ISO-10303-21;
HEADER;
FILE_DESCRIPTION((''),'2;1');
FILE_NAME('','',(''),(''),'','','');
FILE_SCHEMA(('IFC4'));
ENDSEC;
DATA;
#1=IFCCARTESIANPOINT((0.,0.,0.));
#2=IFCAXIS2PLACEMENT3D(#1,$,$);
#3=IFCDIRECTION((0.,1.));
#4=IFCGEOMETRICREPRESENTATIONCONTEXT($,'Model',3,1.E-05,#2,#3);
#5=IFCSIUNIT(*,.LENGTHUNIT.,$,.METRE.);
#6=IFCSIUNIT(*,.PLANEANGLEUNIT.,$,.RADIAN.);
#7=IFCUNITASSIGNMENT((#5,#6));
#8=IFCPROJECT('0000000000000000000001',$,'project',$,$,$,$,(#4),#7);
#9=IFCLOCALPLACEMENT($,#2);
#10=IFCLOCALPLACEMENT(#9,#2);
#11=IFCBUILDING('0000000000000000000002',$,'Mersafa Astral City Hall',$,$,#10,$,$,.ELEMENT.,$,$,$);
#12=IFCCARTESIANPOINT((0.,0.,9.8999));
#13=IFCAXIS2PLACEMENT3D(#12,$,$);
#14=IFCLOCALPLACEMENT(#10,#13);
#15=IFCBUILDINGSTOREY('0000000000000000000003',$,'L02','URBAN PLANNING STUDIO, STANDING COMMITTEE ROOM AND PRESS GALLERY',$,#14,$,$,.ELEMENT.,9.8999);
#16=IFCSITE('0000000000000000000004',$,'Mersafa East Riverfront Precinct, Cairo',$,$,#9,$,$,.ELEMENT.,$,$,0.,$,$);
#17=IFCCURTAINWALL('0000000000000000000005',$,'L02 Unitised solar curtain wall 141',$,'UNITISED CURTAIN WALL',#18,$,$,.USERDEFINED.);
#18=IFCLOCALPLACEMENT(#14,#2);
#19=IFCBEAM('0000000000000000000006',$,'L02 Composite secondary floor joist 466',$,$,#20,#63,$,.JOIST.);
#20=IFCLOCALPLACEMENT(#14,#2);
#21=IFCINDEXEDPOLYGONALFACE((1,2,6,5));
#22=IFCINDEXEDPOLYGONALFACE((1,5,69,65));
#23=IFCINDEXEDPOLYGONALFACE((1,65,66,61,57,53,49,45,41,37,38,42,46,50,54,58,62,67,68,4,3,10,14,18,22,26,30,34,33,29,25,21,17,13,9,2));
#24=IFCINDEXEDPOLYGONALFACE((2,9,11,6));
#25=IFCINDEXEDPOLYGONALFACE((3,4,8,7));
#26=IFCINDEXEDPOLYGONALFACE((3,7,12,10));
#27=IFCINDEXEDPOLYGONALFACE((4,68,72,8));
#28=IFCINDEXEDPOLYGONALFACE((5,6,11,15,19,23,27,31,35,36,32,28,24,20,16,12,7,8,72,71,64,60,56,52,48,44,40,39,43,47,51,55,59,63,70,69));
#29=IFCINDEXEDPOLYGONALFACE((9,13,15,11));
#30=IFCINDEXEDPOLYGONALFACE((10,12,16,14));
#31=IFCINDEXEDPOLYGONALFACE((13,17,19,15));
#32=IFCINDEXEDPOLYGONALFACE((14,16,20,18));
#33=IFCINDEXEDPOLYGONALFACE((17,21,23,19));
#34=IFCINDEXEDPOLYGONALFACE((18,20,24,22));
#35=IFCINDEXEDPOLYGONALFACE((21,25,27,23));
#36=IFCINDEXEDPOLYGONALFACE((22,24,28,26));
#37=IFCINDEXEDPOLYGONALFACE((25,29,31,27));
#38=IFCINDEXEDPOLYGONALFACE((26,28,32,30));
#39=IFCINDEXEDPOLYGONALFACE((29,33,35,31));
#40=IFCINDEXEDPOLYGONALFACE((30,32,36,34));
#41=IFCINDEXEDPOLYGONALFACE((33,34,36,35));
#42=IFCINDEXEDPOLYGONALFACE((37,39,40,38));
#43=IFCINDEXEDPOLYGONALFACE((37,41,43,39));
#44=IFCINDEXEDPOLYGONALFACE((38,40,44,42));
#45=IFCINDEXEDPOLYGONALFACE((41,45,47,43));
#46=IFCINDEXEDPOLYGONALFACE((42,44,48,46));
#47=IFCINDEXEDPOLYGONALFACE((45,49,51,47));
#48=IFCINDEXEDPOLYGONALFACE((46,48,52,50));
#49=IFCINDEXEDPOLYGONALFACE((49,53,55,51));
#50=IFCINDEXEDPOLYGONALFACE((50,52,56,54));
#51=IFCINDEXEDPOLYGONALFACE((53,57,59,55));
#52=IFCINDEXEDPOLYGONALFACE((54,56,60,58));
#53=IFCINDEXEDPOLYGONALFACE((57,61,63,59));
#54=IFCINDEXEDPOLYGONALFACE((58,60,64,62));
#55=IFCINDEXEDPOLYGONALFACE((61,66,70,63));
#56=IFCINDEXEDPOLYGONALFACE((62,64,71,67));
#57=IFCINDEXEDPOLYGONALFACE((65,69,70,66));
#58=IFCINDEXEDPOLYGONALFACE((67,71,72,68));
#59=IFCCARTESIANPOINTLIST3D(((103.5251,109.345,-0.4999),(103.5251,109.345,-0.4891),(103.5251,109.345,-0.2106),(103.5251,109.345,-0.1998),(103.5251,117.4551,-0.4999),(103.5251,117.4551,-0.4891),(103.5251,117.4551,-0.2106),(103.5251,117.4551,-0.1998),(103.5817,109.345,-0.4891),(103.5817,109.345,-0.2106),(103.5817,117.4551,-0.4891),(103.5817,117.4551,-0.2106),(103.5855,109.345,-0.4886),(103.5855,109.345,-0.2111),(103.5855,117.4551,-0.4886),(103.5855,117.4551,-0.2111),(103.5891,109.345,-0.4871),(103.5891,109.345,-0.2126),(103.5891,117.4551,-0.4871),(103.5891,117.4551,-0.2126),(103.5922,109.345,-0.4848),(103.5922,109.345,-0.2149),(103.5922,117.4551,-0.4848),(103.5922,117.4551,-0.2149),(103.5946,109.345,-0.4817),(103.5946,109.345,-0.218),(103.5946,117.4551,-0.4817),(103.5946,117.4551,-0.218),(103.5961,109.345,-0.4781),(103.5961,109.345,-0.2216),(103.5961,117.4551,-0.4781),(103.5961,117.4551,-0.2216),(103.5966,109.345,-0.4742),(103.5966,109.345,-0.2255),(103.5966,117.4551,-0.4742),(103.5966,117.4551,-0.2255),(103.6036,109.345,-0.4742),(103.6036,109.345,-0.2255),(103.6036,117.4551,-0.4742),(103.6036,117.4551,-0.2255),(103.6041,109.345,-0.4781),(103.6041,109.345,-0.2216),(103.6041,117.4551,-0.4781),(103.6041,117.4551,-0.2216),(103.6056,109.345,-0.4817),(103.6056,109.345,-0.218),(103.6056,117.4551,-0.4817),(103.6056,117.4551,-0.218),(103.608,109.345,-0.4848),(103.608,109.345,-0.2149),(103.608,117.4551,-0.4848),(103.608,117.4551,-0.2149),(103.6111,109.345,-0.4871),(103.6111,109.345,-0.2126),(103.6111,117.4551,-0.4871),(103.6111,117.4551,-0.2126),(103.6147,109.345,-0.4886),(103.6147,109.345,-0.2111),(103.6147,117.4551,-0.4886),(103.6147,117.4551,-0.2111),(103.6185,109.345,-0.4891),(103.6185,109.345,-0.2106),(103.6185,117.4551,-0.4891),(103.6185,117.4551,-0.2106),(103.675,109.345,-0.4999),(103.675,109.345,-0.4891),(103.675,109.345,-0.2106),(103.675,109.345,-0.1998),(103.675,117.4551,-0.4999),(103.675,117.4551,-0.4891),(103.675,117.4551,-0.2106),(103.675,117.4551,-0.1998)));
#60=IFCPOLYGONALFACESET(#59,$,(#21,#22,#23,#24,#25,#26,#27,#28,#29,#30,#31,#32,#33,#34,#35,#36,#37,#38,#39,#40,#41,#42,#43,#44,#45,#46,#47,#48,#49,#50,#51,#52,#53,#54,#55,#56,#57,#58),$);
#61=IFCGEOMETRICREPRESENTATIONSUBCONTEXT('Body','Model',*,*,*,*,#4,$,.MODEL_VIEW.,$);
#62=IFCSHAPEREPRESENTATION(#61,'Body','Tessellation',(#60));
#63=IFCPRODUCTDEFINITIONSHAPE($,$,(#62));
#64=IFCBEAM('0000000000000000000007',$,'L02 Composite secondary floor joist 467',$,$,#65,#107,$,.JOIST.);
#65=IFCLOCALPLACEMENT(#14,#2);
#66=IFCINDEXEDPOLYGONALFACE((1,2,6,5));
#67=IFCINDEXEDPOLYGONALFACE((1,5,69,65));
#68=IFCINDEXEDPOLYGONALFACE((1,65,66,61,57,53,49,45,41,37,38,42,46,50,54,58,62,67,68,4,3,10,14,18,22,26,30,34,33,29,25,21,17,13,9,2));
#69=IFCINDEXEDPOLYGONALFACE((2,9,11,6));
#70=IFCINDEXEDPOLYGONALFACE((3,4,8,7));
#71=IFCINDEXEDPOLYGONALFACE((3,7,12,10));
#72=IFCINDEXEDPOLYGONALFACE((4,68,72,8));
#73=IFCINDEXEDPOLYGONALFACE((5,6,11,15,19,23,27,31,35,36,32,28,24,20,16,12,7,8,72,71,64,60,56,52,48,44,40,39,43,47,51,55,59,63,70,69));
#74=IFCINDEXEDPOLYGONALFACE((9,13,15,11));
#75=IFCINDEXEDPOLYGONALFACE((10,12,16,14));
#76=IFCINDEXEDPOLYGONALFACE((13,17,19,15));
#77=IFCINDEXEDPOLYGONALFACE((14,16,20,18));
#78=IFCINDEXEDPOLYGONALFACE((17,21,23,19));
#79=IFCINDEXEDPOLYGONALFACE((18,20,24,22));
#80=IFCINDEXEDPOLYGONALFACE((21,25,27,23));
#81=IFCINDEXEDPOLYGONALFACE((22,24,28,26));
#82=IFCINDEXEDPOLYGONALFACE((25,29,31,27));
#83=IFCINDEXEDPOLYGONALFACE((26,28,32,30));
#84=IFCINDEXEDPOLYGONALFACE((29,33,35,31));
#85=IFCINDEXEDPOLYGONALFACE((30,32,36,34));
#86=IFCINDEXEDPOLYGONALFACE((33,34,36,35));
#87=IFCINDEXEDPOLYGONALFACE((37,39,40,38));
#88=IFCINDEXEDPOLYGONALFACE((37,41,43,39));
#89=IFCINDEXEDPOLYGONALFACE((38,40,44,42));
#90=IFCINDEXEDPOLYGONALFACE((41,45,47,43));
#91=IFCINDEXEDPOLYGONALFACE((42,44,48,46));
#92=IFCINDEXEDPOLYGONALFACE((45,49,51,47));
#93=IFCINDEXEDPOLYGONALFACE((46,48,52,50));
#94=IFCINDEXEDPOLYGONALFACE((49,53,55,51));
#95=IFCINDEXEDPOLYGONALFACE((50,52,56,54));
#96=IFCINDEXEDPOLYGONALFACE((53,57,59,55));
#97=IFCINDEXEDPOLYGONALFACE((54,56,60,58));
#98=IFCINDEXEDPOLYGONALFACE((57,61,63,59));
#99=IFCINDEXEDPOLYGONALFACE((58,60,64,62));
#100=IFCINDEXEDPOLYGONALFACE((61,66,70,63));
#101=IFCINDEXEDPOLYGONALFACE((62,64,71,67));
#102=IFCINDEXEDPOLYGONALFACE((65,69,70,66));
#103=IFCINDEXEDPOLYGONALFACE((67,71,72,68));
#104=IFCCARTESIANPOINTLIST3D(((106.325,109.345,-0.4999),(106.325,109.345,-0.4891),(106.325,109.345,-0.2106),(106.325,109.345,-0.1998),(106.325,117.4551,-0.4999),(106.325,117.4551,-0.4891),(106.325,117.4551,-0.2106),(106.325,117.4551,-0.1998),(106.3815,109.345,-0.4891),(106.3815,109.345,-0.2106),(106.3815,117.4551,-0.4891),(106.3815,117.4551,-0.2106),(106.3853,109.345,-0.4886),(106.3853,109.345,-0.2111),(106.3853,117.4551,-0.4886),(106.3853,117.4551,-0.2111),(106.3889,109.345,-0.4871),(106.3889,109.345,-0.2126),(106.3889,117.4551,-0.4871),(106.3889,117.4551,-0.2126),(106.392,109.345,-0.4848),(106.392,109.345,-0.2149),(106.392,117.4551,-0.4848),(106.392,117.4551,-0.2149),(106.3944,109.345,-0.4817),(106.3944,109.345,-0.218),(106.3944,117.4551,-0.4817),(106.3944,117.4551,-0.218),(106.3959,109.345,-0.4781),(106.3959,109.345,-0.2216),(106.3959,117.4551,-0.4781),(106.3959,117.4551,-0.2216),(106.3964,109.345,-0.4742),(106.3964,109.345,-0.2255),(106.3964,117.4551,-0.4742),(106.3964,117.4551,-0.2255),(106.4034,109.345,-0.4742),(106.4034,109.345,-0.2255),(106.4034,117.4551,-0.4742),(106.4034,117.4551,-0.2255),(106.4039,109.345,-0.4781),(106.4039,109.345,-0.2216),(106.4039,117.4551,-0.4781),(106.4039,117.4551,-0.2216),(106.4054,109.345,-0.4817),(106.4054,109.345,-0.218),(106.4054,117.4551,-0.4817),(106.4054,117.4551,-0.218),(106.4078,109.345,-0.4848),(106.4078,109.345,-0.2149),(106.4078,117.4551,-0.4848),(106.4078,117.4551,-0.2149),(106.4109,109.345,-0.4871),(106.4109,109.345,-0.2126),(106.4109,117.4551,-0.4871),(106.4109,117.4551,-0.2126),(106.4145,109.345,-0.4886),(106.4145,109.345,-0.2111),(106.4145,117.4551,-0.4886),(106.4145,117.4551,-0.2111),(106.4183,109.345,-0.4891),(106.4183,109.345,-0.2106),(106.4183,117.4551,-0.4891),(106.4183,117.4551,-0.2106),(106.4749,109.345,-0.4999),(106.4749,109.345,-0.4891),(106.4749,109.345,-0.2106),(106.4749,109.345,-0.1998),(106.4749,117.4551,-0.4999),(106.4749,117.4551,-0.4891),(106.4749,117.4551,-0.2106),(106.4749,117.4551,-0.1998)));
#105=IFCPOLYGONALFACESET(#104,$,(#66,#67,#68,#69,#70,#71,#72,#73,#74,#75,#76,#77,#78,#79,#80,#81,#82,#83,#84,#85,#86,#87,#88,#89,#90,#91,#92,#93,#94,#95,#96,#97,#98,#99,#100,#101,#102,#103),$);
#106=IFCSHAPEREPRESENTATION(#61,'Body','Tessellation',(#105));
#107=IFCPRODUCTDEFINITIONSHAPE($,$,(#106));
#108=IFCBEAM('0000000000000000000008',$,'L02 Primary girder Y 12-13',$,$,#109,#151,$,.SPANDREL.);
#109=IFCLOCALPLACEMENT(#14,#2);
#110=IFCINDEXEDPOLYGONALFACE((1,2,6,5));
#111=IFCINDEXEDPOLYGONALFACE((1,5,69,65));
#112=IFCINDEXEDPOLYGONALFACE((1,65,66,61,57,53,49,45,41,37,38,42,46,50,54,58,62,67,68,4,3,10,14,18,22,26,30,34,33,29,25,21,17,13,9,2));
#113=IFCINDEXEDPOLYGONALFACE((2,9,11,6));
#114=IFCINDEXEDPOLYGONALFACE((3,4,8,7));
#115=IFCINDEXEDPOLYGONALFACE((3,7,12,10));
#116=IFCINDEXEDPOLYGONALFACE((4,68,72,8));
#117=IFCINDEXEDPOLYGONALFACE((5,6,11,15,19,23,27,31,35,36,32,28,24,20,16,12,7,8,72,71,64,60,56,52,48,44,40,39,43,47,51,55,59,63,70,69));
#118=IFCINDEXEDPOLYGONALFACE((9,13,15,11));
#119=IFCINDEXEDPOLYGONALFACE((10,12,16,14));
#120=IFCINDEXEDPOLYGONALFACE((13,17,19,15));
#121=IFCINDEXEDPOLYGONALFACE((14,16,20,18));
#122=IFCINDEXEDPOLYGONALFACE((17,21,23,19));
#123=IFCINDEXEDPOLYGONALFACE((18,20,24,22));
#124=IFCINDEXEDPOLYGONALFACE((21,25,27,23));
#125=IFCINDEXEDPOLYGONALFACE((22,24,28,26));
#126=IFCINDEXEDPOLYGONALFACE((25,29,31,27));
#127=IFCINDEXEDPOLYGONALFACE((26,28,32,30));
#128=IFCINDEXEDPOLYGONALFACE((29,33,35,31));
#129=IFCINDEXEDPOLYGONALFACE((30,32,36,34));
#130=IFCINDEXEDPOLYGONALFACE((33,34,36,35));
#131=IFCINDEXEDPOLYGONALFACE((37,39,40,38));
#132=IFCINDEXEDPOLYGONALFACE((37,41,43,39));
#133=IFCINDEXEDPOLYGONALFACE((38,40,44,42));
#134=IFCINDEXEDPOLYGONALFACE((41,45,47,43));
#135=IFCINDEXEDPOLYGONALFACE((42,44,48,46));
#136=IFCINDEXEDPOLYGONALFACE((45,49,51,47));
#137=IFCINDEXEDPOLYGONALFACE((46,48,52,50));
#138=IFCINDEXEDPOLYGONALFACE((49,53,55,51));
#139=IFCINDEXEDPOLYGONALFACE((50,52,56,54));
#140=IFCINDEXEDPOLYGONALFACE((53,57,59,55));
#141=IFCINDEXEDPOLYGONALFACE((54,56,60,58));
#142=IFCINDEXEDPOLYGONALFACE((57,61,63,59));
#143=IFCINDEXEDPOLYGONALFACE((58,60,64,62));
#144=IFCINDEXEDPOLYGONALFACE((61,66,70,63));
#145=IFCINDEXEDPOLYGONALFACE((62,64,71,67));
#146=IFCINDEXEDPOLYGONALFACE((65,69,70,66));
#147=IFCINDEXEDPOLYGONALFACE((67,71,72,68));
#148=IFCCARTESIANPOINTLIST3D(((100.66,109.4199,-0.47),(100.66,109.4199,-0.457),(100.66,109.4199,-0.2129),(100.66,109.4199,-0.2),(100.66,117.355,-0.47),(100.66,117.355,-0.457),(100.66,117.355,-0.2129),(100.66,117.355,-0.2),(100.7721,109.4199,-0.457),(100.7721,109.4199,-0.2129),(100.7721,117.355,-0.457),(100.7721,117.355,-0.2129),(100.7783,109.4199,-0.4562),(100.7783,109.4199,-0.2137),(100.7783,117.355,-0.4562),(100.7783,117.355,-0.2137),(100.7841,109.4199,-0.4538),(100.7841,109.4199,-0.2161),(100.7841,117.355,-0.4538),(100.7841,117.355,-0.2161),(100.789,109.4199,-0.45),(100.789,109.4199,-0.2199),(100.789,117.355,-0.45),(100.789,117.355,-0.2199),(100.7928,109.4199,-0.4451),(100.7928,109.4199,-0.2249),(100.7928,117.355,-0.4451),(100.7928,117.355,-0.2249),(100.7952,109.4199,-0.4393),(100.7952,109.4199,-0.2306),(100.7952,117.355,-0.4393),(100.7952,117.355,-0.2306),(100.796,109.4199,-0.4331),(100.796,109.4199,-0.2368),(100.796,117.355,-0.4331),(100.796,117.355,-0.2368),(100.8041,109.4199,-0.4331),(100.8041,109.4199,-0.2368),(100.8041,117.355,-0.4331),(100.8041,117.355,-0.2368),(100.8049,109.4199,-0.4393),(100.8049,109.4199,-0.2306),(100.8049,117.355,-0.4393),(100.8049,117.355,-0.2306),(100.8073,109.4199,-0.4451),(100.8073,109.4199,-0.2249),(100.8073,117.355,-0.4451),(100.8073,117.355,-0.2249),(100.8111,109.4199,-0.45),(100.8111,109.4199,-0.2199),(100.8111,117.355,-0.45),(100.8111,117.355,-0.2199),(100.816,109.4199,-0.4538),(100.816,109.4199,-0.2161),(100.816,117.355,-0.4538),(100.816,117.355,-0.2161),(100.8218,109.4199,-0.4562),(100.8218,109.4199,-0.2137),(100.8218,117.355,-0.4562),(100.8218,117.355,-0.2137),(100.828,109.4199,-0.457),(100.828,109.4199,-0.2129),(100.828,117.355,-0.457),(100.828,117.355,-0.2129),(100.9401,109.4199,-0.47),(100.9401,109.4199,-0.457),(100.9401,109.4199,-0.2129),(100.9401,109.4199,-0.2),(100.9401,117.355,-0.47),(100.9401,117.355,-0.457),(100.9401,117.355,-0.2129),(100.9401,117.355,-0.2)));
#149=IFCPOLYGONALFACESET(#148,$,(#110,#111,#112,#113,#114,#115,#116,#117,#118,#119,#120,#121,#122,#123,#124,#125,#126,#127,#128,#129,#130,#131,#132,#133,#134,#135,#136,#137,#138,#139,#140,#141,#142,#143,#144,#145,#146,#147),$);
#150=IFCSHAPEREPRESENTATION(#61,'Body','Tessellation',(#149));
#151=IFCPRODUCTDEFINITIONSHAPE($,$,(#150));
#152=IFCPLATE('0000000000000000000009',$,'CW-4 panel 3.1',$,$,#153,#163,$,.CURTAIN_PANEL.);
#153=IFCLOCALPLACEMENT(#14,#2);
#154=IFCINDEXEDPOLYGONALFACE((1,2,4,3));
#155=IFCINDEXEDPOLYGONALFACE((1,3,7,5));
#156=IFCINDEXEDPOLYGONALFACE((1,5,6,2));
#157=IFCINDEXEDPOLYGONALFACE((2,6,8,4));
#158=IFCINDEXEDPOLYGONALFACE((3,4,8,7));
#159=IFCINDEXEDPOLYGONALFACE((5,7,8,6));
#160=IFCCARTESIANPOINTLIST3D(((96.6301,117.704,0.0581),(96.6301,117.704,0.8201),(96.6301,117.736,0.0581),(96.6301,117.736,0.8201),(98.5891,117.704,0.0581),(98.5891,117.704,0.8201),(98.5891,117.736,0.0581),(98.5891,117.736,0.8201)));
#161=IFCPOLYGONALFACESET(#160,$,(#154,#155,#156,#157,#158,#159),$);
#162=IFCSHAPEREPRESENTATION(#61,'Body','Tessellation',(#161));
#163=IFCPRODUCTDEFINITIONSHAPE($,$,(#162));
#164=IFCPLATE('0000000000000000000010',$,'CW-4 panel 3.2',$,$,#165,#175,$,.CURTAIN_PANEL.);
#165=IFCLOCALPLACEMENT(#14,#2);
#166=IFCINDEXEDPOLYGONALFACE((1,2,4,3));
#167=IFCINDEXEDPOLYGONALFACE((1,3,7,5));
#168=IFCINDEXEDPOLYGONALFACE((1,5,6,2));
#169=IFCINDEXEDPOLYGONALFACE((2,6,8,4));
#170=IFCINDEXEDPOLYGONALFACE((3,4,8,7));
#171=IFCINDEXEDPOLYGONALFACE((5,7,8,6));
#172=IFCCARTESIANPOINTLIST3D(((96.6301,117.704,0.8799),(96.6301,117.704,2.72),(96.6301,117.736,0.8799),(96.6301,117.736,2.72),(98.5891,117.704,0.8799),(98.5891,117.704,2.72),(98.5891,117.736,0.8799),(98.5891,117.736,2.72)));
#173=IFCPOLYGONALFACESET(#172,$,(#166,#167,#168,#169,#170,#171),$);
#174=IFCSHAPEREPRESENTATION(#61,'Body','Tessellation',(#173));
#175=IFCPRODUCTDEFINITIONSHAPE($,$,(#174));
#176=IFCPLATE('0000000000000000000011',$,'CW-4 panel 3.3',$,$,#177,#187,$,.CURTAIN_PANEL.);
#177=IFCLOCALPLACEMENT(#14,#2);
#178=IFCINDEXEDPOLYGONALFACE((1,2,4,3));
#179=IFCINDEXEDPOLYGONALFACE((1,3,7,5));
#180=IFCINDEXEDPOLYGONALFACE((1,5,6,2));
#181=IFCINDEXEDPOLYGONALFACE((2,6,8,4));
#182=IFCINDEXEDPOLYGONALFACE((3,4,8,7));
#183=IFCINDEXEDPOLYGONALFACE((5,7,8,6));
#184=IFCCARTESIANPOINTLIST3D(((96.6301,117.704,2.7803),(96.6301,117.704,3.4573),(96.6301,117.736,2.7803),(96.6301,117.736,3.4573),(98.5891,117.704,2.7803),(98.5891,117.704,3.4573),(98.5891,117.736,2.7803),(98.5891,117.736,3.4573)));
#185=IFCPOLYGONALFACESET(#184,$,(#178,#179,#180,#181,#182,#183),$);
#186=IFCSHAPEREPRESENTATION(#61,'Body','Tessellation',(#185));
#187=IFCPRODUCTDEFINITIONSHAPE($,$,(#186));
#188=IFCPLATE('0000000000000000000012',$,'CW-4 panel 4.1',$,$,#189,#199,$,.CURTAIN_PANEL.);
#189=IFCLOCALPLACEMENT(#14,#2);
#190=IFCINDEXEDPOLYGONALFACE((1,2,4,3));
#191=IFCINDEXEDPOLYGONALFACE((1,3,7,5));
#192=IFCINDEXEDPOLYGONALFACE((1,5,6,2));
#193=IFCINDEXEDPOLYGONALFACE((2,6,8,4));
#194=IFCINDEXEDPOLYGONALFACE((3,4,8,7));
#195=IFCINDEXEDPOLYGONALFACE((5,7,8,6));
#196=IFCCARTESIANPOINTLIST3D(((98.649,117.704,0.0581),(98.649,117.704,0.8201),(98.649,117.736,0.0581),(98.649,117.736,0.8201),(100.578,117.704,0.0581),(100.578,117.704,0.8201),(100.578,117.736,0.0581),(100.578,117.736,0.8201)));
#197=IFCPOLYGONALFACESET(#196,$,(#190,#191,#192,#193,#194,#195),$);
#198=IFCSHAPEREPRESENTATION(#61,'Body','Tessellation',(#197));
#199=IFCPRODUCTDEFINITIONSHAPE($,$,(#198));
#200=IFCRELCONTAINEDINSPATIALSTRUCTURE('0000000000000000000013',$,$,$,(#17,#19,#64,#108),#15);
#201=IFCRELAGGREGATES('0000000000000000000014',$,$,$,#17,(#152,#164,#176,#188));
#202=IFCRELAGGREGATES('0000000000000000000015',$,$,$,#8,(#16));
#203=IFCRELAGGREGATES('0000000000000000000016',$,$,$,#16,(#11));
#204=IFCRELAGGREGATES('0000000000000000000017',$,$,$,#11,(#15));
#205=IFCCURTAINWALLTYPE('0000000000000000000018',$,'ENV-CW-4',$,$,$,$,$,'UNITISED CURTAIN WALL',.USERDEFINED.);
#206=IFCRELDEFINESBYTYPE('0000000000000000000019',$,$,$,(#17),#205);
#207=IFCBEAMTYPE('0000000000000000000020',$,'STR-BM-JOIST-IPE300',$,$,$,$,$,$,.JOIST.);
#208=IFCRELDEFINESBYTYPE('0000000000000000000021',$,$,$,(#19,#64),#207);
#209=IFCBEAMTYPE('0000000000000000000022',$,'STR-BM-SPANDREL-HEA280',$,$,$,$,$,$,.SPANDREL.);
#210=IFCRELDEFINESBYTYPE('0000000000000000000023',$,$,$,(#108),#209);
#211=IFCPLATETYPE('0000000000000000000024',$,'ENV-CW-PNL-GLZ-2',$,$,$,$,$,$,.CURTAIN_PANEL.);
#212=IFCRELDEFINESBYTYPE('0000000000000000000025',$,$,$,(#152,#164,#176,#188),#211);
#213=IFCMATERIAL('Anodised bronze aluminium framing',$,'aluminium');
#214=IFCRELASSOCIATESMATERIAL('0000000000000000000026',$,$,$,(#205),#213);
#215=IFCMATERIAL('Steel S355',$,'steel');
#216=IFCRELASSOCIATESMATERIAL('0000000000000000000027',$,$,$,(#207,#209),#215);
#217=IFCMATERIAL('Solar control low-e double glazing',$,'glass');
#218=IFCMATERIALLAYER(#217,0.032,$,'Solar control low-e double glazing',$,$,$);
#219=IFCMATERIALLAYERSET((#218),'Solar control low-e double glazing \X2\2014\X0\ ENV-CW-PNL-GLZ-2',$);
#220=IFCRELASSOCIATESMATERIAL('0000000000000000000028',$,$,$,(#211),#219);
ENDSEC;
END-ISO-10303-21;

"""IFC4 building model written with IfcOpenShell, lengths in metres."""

from ifc_helpers import new_model, si_unit, direction, frame, origin, origin_2d, place, context, subcontext, project, spatial, rectangle, i_section, extrude, material, layer, layer_set, material_profile, profile_set, type_object, element, aggregate, save


model = new_model("IFC4")

# Units and contexts
model_context = context("Model", 3, precision=1e-05, world=origin(), true_north=direction((0.0, 1.0)))
body_context = subcontext(model_context, "Body", "Model", "MODEL_VIEW")
ifc_project = project(units=[si_unit("LENGTHUNIT", "METRE"), si_unit("PLANEANGLEUNIT", "RADIAN")], contexts=[model_context])

# Site, building, storey
site_placement = place(None, origin())
site = spatial("IfcSite", under=ifc_project, at=site_placement, Name="Mersafa East Riverfront Precinct, Cairo", CompositionType="ELEMENT", RefElevation=0.0)
building_placement = place(site_placement, origin())
building = spatial("IfcBuilding", under=site, at=building_placement, Name="Mersafa Astral City Hall", CompositionType="ELEMENT")
storey_placement = place(building_placement, frame((0.0, 0.0, 9.8999)))
storey = spatial("IfcBuildingStorey", under=building, at=storey_placement, Name="L02", Description="URBAN PLANNING STUDIO, STANDING COMMITTEE ROOM AND PRESS GALLERY", CompositionType="ELEMENT", Elevation=9.8999)

# Shared definitions
ifc_material_1 = material(Name="Steel S355", Category="steel")

# Curtain wall
ifc_material_2 = material(Name="Anodised bronze aluminium framing", Category="aluminium")
curtain_wall_type_1 = type_object("IfcCurtainWallType", Name="ENV-CW-4", ElementType="UNITISED CURTAIN WALL", PredefinedType="USERDEFINED", material=ifc_material_2)
curtain_wall_1_placement = place(storey_placement, origin())
curtain_wall_1 = element("IfcCurtainWall", 1, at=curtain_wall_1_placement, inside=storey, type_object=curtain_wall_type_1, Name="L02 Unitised solar curtain wall 141", ObjectType="UNITISED CURTAIN WALL", PredefinedType="USERDEFINED")

# Beams
ifc_material_profile_1 = material_profile(ifc_material_1, i_section(OverallWidth=0.1499, OverallDepth=0.3, WebThickness=0.0071, FlangeThickness=0.0107, FilletRadius=0.0149, at=origin_2d()), Name="IPE 300")
ifc_profile_set_1 = profile_set([ifc_material_profile_1], Name="Steel S355")
beam_type_1 = type_object("IfcBeamType", Name="STR-BM-JOIST-IPE300", PredefinedType="JOIST", material=ifc_profile_set_1)
for number, where, z_axis, x_axis, name in (
    (2, (103.6001, 109.345, -0.3499), (0.0, 1.0, 0.0), (-1.0, 0.0, 0.0), "L02 Composite secondary floor joist 466"),
    (3, (106.3999, 109.345, -0.3499), (0.0, 1.0, 0.0), (-1.0, 0.0, 0.0), "L02 Composite secondary floor joist 467"),
):
    element("IfcBeam", number, at=place(storey_placement, frame(where, z_axis=z_axis, x_axis=x_axis)), inside=storey, type_object=beam_type_1, Name=name, PredefinedType="JOIST", context=body_context, shape_type="SweptSolid", body=[
        extrude(i_section(OverallWidth=0.1499, OverallDepth=0.3, WebThickness=0.0071, FlangeThickness=0.0107, FilletRadius=0.0149, at=origin_2d()), origin(), (0.0, 0.0, 1.0), 8.1101),
    ])
ifc_material_profile_2 = material_profile(ifc_material_1, i_section(OverallWidth=0.28, OverallDepth=0.27, WebThickness=0.0081, FlangeThickness=0.0129, FilletRadius=0.0239, at=origin_2d()), Name="HEA 280")
ifc_profile_set_2 = profile_set([ifc_material_profile_2], Name="Steel S355")
beam_type_2 = type_object("IfcBeamType", Name="STR-BM-SPANDREL-HEA280", PredefinedType="SPANDREL", material=ifc_profile_set_2)
beam_1_placement = place(storey_placement, frame((100.8, 109.4199, -0.335), z_axis=(0.0, 1.0, 0.0), x_axis=(-1.0, 0.0, 0.0)))
element("IfcBeam", 4, at=beam_1_placement, inside=storey, type_object=beam_type_2, Name="L02 Primary girder Y 12-13", PredefinedType="SPANDREL", context=body_context, shape_type="SweptSolid", body=[
    extrude(i_section(OverallWidth=0.28, OverallDepth=0.27, WebThickness=0.0081, FlangeThickness=0.0129, FilletRadius=0.0239, at=origin_2d()), origin(), (0.0, 0.0, 1.0), 7.9351),
])

# Plates
ifc_material_3 = material(Name="Solar control low-e double glazing", Category="glass")
ifc_layer_1 = layer(ifc_material_3, 0.032, Name="Solar control low-e double glazing")
ifc_layer_set_1 = layer_set([ifc_layer_1], Name="Solar control low-e double glazing — ENV-CW-PNL-GLZ-2")
plate_type = type_object("IfcPlateType", Name="ENV-CW-PNL-GLZ-2", PredefinedType="CURTAIN_PANEL", material=ifc_layer_set_1)
plate_1_placement = place(storey_placement, frame((97.6096, 117.72, 0.0581), z_axis=(0.0, 0.0, 1.0), x_axis=(1.0, 0.0, 0.0)))
plate_1 = element("IfcPlate", 5, at=plate_1_placement, type_object=plate_type, Name="CW-4 panel 3.1", PredefinedType="CURTAIN_PANEL", context=body_context, shape_type="SweptSolid", body=[
    extrude(rectangle(XDim=1.959, YDim=0.032, at=origin_2d()), origin(), (0.0, 0.0, 1.0), 0.762),
])
plate_2_placement = place(storey_placement, frame((97.6096, 117.72, 0.8799), z_axis=(0.0, 0.0, 1.0), x_axis=(1.0, 0.0, 0.0)))
plate_2 = element("IfcPlate", 6, at=plate_2_placement, type_object=plate_type, Name="CW-4 panel 3.2", PredefinedType="CURTAIN_PANEL", context=body_context, shape_type="SweptSolid", body=[
    extrude(rectangle(XDim=1.959, YDim=0.032, at=origin_2d()), origin(), (0.0, 0.0, 1.0), 1.8401),
])
plate_3_placement = place(storey_placement, frame((97.6096, 117.72, 2.7803), z_axis=(0.0, 0.0, 1.0), x_axis=(1.0, 0.0, 0.0)))
plate_3 = element("IfcPlate", 7, at=plate_3_placement, type_object=plate_type, Name="CW-4 panel 3.3", PredefinedType="CURTAIN_PANEL", context=body_context, shape_type="SweptSolid", body=[
    extrude(rectangle(XDim=1.959, YDim=0.032, at=origin_2d()), origin(), (0.0, 0.0, 1.0), 0.677),
])
plate_4_placement = place(storey_placement, frame((99.6135, 117.72, 0.0581), z_axis=(0.0, 0.0, 1.0), x_axis=(1.0, 0.0, 0.0)))
plate_4 = element("IfcPlate", 8, at=plate_4_placement, type_object=plate_type, Name="CW-4 panel 4.1", PredefinedType="CURTAIN_PANEL", context=body_context, shape_type="SweptSolid", body=[
    extrude(rectangle(XDim=1.929, YDim=0.032, at=origin_2d()), origin(), (0.0, 0.0, 1.0), 0.762),
])
aggregate(curtain_wall_1, [plate_1, plate_2, plate_3, plate_4])

save(model, "model.ifc")
